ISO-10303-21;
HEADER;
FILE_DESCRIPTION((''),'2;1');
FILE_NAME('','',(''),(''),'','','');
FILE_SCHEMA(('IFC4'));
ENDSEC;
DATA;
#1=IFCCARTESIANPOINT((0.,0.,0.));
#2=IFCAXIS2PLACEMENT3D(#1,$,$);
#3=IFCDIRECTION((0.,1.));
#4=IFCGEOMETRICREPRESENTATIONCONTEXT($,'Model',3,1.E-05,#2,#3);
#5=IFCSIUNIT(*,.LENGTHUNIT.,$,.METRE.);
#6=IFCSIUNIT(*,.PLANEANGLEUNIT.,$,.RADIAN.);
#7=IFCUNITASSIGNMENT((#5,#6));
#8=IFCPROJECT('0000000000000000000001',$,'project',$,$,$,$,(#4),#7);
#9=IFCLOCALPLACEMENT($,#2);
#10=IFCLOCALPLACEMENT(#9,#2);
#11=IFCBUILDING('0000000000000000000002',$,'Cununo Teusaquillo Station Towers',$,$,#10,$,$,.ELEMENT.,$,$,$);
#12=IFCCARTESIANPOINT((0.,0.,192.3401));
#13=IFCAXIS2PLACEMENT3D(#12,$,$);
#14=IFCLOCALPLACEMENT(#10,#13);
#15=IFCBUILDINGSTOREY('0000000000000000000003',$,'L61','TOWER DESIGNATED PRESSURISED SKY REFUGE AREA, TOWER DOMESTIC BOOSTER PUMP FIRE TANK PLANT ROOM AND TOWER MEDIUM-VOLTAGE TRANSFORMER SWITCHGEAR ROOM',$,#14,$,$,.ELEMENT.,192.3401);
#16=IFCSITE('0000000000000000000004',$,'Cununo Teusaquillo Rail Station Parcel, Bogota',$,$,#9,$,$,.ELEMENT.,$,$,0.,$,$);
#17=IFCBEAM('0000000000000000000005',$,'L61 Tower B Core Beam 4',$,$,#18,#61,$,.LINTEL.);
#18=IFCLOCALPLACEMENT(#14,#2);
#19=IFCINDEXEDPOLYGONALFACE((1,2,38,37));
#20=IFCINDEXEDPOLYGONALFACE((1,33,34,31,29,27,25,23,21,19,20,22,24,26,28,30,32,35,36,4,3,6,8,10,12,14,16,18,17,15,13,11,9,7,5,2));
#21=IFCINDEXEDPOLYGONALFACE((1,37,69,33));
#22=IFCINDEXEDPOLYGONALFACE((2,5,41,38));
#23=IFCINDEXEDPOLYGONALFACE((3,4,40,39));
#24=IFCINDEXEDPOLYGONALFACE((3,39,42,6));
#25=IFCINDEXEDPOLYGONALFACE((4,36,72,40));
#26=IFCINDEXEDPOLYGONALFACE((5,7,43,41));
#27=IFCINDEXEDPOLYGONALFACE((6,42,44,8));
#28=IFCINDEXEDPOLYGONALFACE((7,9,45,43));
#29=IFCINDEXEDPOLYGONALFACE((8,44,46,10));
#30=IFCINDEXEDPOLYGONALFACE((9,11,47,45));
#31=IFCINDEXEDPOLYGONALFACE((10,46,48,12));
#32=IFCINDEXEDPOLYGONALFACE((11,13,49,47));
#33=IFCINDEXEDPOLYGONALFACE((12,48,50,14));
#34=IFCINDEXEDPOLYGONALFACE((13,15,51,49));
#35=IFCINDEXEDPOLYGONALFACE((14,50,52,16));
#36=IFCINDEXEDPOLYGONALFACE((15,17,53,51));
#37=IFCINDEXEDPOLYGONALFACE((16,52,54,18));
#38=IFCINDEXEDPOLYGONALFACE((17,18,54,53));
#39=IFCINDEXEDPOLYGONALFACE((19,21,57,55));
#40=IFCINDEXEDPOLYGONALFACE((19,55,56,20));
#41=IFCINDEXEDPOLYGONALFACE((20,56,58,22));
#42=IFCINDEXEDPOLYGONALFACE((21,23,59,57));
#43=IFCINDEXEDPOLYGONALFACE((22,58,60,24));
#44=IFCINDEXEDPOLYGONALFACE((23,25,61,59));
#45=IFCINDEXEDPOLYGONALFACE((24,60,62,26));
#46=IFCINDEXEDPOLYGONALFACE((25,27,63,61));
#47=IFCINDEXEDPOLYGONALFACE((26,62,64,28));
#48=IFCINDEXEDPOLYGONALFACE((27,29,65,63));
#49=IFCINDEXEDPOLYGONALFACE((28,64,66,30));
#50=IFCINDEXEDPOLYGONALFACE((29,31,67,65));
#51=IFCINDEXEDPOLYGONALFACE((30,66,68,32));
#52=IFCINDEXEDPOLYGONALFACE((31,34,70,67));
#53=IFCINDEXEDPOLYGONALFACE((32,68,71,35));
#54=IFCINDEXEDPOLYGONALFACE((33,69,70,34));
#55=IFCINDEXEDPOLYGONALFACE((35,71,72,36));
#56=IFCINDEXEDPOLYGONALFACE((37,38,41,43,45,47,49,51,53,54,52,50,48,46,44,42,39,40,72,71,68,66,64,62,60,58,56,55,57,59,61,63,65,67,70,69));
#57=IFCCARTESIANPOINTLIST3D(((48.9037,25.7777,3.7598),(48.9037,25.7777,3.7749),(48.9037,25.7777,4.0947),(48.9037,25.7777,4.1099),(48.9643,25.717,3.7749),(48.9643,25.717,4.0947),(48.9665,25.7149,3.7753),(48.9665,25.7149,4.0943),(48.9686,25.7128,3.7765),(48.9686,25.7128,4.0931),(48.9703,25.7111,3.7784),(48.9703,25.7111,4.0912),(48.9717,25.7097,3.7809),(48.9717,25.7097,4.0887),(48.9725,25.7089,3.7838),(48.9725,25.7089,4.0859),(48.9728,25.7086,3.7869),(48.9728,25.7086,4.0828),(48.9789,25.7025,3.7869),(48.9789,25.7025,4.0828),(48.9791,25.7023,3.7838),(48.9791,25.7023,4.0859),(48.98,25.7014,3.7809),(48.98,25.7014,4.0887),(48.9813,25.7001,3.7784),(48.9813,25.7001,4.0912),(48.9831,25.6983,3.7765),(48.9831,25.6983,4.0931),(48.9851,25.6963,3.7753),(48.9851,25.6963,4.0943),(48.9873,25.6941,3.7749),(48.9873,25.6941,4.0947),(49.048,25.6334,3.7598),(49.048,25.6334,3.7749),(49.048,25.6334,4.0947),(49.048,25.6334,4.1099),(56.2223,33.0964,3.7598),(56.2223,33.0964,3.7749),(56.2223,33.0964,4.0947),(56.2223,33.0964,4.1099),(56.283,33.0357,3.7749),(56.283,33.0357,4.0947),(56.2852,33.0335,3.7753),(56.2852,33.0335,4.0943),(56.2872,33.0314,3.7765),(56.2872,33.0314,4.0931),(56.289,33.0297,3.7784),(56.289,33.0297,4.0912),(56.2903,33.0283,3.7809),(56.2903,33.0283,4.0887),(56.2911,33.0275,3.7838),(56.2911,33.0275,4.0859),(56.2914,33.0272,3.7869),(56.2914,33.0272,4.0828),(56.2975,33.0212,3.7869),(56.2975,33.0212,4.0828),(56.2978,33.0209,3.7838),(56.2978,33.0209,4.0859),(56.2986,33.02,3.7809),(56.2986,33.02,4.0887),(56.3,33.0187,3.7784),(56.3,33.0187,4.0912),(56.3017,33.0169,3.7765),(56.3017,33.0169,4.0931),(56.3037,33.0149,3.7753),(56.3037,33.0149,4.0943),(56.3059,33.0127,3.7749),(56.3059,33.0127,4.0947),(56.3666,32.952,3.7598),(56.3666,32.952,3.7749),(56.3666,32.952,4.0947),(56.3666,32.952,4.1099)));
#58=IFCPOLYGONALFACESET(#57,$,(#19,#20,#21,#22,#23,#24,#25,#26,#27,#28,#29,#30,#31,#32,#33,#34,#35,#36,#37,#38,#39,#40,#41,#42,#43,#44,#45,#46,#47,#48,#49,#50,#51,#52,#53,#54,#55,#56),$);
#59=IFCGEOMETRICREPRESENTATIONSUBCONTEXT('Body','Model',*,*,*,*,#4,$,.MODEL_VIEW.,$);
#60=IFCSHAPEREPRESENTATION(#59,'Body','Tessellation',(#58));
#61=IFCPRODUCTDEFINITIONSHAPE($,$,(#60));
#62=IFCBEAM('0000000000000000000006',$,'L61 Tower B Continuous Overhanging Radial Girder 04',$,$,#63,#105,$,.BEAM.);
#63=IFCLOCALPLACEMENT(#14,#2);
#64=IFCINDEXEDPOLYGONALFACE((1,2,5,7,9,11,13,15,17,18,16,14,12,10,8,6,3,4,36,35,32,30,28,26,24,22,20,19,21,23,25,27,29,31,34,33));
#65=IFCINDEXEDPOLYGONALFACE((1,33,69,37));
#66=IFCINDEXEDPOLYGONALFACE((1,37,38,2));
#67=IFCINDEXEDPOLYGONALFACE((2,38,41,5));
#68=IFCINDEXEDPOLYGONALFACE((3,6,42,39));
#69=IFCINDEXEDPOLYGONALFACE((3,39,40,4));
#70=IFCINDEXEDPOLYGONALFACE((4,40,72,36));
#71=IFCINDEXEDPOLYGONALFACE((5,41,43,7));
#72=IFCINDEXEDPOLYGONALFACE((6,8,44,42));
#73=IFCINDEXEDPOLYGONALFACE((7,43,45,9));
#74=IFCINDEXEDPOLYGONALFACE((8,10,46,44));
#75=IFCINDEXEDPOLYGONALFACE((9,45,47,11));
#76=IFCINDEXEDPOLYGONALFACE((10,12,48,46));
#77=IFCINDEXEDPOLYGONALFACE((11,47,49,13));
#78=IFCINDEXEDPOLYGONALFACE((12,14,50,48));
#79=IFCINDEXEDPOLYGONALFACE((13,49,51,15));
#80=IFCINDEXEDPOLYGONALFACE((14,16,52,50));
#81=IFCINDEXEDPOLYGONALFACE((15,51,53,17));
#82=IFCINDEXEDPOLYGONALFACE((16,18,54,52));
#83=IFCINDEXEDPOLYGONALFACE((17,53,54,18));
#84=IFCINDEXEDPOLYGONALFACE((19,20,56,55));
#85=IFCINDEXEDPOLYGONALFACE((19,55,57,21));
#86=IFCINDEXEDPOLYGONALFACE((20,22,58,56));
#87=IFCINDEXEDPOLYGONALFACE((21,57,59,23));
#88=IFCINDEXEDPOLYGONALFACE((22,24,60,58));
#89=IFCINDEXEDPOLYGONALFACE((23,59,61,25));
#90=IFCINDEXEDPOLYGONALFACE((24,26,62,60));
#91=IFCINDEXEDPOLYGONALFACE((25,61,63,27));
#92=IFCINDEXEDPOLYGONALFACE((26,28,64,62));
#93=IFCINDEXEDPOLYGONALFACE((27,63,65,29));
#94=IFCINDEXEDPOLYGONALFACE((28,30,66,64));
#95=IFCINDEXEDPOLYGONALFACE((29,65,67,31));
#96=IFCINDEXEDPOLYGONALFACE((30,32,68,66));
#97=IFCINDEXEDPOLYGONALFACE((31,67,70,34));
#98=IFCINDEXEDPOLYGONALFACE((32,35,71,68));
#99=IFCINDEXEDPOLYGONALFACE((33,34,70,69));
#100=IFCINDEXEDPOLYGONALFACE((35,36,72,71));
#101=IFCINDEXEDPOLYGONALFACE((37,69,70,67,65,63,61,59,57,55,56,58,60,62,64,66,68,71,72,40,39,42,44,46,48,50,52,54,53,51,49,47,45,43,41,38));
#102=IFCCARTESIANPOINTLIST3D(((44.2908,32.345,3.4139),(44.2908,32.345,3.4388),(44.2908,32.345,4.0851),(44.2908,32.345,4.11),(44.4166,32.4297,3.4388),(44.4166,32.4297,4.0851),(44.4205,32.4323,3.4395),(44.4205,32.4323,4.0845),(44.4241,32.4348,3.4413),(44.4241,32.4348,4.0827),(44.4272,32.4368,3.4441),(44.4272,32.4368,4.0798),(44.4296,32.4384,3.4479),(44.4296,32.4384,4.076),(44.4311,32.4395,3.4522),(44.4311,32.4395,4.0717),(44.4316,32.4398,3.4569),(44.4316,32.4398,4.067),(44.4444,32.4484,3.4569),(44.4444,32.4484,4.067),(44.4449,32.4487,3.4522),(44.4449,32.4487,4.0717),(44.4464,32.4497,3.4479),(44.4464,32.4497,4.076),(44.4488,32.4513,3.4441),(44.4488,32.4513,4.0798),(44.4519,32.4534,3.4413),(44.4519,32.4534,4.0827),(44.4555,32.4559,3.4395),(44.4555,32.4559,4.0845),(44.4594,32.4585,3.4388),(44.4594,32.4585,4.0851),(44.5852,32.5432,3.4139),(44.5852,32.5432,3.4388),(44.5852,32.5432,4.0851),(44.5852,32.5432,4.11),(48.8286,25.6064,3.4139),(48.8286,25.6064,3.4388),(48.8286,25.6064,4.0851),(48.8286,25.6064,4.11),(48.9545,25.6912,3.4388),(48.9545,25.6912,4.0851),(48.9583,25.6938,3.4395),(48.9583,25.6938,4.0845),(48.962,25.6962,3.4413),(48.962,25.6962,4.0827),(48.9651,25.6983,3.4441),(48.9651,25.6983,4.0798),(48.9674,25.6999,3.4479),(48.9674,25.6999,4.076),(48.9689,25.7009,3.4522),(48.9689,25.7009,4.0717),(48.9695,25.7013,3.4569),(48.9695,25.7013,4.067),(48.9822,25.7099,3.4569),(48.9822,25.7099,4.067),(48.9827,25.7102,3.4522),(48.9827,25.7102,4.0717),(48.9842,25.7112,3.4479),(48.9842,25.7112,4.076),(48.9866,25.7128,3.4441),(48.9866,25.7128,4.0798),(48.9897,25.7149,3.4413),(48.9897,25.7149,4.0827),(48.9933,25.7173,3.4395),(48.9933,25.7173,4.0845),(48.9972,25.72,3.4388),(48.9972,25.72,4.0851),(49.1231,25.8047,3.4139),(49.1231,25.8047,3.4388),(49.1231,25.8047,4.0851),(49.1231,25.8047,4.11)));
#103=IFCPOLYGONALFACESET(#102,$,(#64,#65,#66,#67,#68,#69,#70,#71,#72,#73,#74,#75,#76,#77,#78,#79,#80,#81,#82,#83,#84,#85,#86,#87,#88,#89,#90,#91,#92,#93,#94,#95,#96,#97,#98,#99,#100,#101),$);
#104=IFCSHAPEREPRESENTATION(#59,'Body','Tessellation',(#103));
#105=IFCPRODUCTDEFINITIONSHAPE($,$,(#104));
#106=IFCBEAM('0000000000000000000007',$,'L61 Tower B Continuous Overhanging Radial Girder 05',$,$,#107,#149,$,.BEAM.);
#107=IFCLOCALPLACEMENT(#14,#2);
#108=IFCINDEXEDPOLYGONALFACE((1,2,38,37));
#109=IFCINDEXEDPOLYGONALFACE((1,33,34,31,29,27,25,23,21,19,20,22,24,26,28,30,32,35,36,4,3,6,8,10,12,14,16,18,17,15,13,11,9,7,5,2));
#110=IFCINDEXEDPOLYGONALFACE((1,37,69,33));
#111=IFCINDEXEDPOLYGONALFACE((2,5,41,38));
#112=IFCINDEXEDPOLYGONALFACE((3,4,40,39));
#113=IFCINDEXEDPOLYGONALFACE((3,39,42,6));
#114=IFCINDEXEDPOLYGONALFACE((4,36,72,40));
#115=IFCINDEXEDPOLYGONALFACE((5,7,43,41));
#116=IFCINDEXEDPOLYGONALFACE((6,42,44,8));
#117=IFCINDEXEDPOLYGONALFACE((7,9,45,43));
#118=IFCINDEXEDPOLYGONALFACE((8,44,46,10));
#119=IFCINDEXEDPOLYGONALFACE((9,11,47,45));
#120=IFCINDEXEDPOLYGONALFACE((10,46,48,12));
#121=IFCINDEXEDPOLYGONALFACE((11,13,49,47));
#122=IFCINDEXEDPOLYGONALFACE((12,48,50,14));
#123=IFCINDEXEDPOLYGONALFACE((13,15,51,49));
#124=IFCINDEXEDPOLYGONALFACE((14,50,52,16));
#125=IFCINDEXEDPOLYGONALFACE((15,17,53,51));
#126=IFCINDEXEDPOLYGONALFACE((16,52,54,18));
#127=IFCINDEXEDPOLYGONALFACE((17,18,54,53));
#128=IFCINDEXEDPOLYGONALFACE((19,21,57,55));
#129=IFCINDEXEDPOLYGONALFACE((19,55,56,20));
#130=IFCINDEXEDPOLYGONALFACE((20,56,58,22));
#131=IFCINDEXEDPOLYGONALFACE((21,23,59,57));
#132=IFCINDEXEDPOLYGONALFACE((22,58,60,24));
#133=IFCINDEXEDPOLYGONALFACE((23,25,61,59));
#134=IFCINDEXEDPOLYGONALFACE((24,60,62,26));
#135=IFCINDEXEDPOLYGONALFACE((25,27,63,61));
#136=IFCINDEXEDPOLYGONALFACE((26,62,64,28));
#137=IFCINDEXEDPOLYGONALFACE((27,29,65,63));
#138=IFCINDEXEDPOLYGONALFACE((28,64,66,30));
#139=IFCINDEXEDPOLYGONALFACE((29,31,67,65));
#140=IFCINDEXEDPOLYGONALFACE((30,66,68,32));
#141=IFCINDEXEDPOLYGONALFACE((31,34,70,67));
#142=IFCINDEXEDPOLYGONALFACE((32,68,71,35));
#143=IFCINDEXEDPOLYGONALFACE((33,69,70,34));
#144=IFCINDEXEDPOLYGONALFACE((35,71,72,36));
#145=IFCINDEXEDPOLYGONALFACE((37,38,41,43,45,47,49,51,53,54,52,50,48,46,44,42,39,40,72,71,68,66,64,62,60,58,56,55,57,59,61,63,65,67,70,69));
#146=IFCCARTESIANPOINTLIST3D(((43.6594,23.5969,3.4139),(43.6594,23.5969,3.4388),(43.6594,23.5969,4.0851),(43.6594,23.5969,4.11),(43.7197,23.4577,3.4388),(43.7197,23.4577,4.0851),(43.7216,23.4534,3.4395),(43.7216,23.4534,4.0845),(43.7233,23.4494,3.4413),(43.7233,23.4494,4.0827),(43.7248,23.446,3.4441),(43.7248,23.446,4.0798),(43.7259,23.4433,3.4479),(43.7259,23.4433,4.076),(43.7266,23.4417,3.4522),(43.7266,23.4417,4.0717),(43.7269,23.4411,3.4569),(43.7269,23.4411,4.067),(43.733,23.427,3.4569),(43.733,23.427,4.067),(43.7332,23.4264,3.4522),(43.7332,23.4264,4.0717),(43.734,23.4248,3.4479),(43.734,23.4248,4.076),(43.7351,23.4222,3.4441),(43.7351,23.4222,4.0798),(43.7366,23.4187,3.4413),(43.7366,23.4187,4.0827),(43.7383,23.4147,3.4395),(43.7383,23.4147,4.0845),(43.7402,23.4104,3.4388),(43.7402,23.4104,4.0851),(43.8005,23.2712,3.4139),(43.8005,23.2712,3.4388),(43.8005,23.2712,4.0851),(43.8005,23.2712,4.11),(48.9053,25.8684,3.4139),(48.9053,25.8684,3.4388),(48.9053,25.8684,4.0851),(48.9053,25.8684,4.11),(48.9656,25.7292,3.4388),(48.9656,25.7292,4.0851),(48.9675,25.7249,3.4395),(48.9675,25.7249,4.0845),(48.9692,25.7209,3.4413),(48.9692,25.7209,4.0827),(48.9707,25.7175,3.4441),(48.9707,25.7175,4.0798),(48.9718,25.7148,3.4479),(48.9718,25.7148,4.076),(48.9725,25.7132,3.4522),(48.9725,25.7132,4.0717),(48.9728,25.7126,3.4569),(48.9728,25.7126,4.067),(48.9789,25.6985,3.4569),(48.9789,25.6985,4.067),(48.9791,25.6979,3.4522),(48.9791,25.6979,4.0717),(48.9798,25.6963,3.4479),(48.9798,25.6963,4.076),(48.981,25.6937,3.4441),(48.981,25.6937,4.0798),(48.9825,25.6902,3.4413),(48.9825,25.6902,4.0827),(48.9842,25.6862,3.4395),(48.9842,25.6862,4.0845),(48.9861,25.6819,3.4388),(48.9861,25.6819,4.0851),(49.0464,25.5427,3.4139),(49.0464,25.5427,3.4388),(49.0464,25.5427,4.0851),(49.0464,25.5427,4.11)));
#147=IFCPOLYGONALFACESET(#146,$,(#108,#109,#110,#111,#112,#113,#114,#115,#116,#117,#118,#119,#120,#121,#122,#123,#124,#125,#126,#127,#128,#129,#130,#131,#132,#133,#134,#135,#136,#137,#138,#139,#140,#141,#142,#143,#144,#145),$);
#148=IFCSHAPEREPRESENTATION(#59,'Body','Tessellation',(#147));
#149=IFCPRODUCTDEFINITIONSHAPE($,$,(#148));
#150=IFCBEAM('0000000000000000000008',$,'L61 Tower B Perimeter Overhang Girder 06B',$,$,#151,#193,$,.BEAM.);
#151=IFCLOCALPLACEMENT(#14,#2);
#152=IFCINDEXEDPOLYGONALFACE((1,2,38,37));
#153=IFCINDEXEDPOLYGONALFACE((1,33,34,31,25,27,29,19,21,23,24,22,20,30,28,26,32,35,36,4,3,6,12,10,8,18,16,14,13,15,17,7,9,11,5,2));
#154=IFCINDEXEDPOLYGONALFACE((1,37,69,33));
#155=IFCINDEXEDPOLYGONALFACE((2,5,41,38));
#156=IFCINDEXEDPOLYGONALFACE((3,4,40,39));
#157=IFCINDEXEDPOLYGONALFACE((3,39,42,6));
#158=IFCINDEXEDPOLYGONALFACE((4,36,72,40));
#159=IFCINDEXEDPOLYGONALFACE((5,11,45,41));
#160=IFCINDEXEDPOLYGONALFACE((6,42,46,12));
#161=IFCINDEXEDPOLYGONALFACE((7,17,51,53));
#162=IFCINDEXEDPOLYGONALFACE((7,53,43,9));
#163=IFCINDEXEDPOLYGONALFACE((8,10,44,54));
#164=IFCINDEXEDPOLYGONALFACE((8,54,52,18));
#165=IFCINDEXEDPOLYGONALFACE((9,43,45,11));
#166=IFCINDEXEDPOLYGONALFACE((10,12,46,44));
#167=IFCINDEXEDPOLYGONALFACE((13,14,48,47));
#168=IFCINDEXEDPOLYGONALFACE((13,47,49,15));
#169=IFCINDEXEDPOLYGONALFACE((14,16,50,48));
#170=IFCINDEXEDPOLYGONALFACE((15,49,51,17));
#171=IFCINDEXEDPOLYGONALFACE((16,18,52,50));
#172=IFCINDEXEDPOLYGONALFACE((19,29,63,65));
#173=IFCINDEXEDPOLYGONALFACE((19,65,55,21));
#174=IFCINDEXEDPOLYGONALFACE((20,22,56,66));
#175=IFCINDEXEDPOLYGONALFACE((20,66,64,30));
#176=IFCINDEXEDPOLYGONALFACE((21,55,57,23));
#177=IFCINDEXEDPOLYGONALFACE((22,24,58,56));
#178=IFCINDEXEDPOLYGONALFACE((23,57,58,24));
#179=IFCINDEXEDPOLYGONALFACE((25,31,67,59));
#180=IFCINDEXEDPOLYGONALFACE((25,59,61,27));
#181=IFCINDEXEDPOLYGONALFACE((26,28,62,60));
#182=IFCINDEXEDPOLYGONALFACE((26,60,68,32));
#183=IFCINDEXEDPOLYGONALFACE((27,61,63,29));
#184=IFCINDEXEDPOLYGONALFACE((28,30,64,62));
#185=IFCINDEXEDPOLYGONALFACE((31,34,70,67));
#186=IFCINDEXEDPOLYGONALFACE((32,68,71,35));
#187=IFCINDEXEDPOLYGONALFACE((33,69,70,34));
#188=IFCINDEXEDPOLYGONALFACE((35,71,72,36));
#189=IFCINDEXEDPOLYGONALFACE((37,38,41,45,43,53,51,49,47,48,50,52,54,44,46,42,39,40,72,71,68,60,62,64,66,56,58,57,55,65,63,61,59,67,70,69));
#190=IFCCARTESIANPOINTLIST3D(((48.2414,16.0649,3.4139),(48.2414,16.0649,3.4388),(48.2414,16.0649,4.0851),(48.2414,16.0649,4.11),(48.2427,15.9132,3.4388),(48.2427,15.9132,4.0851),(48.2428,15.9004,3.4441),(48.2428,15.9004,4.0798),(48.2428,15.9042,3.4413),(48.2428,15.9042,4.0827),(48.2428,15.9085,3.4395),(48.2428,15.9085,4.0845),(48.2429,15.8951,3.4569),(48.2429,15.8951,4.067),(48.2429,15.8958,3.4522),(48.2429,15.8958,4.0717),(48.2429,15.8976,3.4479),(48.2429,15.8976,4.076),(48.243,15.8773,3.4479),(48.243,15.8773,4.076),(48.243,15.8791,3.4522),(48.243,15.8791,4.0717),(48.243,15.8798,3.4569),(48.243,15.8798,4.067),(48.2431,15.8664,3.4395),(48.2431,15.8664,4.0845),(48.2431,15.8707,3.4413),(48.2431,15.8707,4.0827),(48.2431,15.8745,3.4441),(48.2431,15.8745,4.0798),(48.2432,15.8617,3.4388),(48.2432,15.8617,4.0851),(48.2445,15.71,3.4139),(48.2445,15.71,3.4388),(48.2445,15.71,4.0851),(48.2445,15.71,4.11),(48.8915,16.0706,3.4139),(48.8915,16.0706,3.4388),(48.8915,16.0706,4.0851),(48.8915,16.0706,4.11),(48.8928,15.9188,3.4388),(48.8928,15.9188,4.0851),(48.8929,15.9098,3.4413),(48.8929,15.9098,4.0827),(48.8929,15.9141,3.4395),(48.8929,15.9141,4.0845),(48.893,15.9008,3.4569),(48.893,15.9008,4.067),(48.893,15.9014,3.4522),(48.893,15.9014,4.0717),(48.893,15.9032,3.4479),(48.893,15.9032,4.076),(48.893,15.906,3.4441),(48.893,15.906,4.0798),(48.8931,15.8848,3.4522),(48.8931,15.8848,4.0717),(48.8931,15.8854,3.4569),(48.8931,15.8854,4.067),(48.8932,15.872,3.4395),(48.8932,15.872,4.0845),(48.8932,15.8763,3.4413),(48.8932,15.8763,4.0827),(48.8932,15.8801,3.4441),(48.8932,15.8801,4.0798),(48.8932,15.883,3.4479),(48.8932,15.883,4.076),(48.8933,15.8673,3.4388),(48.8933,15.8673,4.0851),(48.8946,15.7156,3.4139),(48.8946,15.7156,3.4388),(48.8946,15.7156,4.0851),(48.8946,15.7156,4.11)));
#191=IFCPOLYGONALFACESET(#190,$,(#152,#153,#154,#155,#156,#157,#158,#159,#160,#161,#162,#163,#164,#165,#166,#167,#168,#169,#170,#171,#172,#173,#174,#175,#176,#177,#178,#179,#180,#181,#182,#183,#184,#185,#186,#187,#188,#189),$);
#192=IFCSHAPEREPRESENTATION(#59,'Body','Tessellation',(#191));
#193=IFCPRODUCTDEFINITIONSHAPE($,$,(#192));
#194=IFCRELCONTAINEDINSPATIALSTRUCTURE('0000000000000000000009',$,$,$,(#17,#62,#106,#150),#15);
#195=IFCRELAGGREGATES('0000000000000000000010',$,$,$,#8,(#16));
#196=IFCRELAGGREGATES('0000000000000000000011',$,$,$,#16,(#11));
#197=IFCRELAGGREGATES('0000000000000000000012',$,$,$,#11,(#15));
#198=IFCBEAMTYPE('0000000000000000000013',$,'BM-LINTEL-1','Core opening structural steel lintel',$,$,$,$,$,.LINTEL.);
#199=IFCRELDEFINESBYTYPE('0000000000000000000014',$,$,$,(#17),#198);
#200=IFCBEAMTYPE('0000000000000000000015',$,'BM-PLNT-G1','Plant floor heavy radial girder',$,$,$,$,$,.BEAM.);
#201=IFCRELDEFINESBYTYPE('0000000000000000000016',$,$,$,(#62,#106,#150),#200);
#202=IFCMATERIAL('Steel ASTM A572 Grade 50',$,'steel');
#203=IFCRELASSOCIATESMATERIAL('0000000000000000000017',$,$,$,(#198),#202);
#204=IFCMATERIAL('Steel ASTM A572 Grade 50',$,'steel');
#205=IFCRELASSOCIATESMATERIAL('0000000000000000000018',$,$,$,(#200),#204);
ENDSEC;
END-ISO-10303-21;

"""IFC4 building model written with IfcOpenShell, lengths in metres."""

from ifc_helpers import new_model, si_unit, direction, frame, origin, origin_2d, place, context, subcontext, project, spatial, i_section, extrude, material, material_profile, profile_set, type_object, element, save


model = new_model("IFC4")

# Units and contexts
model_context = context("Model", 3, precision=1e-05, world=origin(), true_north=direction((0.0, 1.0)))
body_context = subcontext(model_context, "Body", "Model", "MODEL_VIEW")
ifc_project = project(units=[si_unit("LENGTHUNIT", "METRE"), si_unit("PLANEANGLEUNIT", "RADIAN")], contexts=[model_context])

# Site, building, storey
site_placement = place(None, origin())
site = spatial("IfcSite", under=ifc_project, at=site_placement, Name="Cununo Teusaquillo Rail Station Parcel, Bogota", CompositionType="ELEMENT", RefElevation=0.0)
building_placement = place(site_placement, origin())
building = spatial("IfcBuilding", under=site, at=building_placement, Name="Cununo Teusaquillo Station Towers", CompositionType="ELEMENT")
storey_placement = place(building_placement, frame((0.0, 0.0, 192.3401)))
storey = spatial("IfcBuildingStorey", under=building, at=storey_placement, Name="L61", Description="TOWER DESIGNATED PRESSURISED SKY REFUGE AREA, TOWER DOMESTIC BOOSTER PUMP FIRE TANK PLANT ROOM AND TOWER MEDIUM-VOLTAGE TRANSFORMER SWITCHGEAR ROOM", CompositionType="ELEMENT", Elevation=192.3401)

# Beams
ifc_material_1 = material(Name="Steel ASTM A572 Grade 50", Category="steel")
ifc_material_profile_1 = material_profile(ifc_material_1, i_section(OverallWidth=0.2041, OverallDepth=0.3501, WebThickness=0.0085, FlangeThickness=0.0151, FilletRadius=0.012, at=origin_2d()), Name="W14X48")
ifc_profile_set_1 = profile_set([ifc_material_profile_1], Name="Steel ASTM A572 Grade 50")
beam_type_1 = type_object("IfcBeamType", Name="BM-LINTEL-1", Description="Core opening structural steel lintel", PredefinedType="LINTEL", material=ifc_profile_set_1)
beam_1_placement = place(storey_placement, frame((48.9758, 25.7056, 3.9348), z_axis=(0.707107, 0.707107, 0.0), x_axis=(-0.707107, 0.707107, 0.0)))
element("IfcBeam", 1, at=beam_1_placement, inside=storey, type_object=beam_type_1, Name="L61 Tower B Core Beam 4", PredefinedType="LINTEL", context=body_context, shape_type="SweptSolid", body=[
    extrude(i_section(OverallWidth=0.2041, OverallDepth=0.3501, WebThickness=0.0085, FlangeThickness=0.0151, FilletRadius=0.012, at=origin_2d()), origin(), (0.0, 0.0, 1.0), 10.3501),
])
ifc_material_2 = material(Name="Steel ASTM A572 Grade 50", Category="steel")
ifc_material_profile_2 = material_profile(ifc_material_2, i_section(OverallWidth=0.355, OverallDepth=0.696, WebThickness=0.0154, FlangeThickness=0.0249, FilletRadius=0.0181, at=origin_2d()), Name="W27X146")
ifc_profile_set_2 = profile_set([ifc_material_profile_2], Name="Steel ASTM A572 Grade 50")
beam_type_2 = type_object("IfcBeamType", Name="BM-PLNT-G1", Description="Plant floor heavy radial girder", PredefinedType="BEAM", material=ifc_profile_set_2)
beam_2_placement = place(storey_placement, frame((48.9758, 25.7056, 3.762), z_axis=(-0.558571, 0.829457, 0.0), x_axis=(-0.829457, -0.558571, 0.0)))
element("IfcBeam", 2, at=beam_2_placement, inside=storey, type_object=beam_type_2, Name="L61 Tower B Continuous Overhanging Radial Girder 04", PredefinedType="BEAM", context=body_context, shape_type="SweptSolid", body=[
    extrude(i_section(OverallWidth=0.355, OverallDepth=0.696, WebThickness=0.0154, FlangeThickness=0.0249, FilletRadius=0.0181, at=origin_2d()), origin(), (0.0, 0.0, 1.0), 8.124),
])
beam_3_placement = place(storey_placement, frame((48.9758, 25.7056, 3.762), z_axis=(-0.917665, -0.397355, 0.0), x_axis=(0.397355, -0.917665, 0.0)))
element("IfcBeam", 3, at=beam_3_placement, inside=storey, type_object=beam_type_2, Name="L61 Tower B Continuous Overhanging Radial Girder 05", PredefinedType="BEAM", context=body_context, shape_type="SweptSolid", body=[
    extrude(i_section(OverallWidth=0.355, OverallDepth=0.696, WebThickness=0.0154, FlangeThickness=0.0249, FilletRadius=0.0181, at=origin_2d()), origin(), (0.0, 0.0, 1.0), 5.7166),
])
beam_4_placement = place(storey_placement, frame((48.8931, 15.8931, 3.762), z_axis=(-0.999963, -0.008637, 0.0), x_axis=(0.008637, -0.999963, 0.0)))
element("IfcBeam", 4, at=beam_4_placement, inside=storey, type_object=beam_type_2, Name="L61 Tower B Perimeter Overhang Girder 06B", PredefinedType="BEAM", context=body_context, shape_type="SweptSolid", body=[
    extrude(i_section(OverallWidth=0.355, OverallDepth=0.696, WebThickness=0.0154, FlangeThickness=0.0249, FilletRadius=0.0181, at=origin_2d()), origin(), (0.0, 0.0, 1.0), 0.6501),
])

save(model, "model.ifc")
